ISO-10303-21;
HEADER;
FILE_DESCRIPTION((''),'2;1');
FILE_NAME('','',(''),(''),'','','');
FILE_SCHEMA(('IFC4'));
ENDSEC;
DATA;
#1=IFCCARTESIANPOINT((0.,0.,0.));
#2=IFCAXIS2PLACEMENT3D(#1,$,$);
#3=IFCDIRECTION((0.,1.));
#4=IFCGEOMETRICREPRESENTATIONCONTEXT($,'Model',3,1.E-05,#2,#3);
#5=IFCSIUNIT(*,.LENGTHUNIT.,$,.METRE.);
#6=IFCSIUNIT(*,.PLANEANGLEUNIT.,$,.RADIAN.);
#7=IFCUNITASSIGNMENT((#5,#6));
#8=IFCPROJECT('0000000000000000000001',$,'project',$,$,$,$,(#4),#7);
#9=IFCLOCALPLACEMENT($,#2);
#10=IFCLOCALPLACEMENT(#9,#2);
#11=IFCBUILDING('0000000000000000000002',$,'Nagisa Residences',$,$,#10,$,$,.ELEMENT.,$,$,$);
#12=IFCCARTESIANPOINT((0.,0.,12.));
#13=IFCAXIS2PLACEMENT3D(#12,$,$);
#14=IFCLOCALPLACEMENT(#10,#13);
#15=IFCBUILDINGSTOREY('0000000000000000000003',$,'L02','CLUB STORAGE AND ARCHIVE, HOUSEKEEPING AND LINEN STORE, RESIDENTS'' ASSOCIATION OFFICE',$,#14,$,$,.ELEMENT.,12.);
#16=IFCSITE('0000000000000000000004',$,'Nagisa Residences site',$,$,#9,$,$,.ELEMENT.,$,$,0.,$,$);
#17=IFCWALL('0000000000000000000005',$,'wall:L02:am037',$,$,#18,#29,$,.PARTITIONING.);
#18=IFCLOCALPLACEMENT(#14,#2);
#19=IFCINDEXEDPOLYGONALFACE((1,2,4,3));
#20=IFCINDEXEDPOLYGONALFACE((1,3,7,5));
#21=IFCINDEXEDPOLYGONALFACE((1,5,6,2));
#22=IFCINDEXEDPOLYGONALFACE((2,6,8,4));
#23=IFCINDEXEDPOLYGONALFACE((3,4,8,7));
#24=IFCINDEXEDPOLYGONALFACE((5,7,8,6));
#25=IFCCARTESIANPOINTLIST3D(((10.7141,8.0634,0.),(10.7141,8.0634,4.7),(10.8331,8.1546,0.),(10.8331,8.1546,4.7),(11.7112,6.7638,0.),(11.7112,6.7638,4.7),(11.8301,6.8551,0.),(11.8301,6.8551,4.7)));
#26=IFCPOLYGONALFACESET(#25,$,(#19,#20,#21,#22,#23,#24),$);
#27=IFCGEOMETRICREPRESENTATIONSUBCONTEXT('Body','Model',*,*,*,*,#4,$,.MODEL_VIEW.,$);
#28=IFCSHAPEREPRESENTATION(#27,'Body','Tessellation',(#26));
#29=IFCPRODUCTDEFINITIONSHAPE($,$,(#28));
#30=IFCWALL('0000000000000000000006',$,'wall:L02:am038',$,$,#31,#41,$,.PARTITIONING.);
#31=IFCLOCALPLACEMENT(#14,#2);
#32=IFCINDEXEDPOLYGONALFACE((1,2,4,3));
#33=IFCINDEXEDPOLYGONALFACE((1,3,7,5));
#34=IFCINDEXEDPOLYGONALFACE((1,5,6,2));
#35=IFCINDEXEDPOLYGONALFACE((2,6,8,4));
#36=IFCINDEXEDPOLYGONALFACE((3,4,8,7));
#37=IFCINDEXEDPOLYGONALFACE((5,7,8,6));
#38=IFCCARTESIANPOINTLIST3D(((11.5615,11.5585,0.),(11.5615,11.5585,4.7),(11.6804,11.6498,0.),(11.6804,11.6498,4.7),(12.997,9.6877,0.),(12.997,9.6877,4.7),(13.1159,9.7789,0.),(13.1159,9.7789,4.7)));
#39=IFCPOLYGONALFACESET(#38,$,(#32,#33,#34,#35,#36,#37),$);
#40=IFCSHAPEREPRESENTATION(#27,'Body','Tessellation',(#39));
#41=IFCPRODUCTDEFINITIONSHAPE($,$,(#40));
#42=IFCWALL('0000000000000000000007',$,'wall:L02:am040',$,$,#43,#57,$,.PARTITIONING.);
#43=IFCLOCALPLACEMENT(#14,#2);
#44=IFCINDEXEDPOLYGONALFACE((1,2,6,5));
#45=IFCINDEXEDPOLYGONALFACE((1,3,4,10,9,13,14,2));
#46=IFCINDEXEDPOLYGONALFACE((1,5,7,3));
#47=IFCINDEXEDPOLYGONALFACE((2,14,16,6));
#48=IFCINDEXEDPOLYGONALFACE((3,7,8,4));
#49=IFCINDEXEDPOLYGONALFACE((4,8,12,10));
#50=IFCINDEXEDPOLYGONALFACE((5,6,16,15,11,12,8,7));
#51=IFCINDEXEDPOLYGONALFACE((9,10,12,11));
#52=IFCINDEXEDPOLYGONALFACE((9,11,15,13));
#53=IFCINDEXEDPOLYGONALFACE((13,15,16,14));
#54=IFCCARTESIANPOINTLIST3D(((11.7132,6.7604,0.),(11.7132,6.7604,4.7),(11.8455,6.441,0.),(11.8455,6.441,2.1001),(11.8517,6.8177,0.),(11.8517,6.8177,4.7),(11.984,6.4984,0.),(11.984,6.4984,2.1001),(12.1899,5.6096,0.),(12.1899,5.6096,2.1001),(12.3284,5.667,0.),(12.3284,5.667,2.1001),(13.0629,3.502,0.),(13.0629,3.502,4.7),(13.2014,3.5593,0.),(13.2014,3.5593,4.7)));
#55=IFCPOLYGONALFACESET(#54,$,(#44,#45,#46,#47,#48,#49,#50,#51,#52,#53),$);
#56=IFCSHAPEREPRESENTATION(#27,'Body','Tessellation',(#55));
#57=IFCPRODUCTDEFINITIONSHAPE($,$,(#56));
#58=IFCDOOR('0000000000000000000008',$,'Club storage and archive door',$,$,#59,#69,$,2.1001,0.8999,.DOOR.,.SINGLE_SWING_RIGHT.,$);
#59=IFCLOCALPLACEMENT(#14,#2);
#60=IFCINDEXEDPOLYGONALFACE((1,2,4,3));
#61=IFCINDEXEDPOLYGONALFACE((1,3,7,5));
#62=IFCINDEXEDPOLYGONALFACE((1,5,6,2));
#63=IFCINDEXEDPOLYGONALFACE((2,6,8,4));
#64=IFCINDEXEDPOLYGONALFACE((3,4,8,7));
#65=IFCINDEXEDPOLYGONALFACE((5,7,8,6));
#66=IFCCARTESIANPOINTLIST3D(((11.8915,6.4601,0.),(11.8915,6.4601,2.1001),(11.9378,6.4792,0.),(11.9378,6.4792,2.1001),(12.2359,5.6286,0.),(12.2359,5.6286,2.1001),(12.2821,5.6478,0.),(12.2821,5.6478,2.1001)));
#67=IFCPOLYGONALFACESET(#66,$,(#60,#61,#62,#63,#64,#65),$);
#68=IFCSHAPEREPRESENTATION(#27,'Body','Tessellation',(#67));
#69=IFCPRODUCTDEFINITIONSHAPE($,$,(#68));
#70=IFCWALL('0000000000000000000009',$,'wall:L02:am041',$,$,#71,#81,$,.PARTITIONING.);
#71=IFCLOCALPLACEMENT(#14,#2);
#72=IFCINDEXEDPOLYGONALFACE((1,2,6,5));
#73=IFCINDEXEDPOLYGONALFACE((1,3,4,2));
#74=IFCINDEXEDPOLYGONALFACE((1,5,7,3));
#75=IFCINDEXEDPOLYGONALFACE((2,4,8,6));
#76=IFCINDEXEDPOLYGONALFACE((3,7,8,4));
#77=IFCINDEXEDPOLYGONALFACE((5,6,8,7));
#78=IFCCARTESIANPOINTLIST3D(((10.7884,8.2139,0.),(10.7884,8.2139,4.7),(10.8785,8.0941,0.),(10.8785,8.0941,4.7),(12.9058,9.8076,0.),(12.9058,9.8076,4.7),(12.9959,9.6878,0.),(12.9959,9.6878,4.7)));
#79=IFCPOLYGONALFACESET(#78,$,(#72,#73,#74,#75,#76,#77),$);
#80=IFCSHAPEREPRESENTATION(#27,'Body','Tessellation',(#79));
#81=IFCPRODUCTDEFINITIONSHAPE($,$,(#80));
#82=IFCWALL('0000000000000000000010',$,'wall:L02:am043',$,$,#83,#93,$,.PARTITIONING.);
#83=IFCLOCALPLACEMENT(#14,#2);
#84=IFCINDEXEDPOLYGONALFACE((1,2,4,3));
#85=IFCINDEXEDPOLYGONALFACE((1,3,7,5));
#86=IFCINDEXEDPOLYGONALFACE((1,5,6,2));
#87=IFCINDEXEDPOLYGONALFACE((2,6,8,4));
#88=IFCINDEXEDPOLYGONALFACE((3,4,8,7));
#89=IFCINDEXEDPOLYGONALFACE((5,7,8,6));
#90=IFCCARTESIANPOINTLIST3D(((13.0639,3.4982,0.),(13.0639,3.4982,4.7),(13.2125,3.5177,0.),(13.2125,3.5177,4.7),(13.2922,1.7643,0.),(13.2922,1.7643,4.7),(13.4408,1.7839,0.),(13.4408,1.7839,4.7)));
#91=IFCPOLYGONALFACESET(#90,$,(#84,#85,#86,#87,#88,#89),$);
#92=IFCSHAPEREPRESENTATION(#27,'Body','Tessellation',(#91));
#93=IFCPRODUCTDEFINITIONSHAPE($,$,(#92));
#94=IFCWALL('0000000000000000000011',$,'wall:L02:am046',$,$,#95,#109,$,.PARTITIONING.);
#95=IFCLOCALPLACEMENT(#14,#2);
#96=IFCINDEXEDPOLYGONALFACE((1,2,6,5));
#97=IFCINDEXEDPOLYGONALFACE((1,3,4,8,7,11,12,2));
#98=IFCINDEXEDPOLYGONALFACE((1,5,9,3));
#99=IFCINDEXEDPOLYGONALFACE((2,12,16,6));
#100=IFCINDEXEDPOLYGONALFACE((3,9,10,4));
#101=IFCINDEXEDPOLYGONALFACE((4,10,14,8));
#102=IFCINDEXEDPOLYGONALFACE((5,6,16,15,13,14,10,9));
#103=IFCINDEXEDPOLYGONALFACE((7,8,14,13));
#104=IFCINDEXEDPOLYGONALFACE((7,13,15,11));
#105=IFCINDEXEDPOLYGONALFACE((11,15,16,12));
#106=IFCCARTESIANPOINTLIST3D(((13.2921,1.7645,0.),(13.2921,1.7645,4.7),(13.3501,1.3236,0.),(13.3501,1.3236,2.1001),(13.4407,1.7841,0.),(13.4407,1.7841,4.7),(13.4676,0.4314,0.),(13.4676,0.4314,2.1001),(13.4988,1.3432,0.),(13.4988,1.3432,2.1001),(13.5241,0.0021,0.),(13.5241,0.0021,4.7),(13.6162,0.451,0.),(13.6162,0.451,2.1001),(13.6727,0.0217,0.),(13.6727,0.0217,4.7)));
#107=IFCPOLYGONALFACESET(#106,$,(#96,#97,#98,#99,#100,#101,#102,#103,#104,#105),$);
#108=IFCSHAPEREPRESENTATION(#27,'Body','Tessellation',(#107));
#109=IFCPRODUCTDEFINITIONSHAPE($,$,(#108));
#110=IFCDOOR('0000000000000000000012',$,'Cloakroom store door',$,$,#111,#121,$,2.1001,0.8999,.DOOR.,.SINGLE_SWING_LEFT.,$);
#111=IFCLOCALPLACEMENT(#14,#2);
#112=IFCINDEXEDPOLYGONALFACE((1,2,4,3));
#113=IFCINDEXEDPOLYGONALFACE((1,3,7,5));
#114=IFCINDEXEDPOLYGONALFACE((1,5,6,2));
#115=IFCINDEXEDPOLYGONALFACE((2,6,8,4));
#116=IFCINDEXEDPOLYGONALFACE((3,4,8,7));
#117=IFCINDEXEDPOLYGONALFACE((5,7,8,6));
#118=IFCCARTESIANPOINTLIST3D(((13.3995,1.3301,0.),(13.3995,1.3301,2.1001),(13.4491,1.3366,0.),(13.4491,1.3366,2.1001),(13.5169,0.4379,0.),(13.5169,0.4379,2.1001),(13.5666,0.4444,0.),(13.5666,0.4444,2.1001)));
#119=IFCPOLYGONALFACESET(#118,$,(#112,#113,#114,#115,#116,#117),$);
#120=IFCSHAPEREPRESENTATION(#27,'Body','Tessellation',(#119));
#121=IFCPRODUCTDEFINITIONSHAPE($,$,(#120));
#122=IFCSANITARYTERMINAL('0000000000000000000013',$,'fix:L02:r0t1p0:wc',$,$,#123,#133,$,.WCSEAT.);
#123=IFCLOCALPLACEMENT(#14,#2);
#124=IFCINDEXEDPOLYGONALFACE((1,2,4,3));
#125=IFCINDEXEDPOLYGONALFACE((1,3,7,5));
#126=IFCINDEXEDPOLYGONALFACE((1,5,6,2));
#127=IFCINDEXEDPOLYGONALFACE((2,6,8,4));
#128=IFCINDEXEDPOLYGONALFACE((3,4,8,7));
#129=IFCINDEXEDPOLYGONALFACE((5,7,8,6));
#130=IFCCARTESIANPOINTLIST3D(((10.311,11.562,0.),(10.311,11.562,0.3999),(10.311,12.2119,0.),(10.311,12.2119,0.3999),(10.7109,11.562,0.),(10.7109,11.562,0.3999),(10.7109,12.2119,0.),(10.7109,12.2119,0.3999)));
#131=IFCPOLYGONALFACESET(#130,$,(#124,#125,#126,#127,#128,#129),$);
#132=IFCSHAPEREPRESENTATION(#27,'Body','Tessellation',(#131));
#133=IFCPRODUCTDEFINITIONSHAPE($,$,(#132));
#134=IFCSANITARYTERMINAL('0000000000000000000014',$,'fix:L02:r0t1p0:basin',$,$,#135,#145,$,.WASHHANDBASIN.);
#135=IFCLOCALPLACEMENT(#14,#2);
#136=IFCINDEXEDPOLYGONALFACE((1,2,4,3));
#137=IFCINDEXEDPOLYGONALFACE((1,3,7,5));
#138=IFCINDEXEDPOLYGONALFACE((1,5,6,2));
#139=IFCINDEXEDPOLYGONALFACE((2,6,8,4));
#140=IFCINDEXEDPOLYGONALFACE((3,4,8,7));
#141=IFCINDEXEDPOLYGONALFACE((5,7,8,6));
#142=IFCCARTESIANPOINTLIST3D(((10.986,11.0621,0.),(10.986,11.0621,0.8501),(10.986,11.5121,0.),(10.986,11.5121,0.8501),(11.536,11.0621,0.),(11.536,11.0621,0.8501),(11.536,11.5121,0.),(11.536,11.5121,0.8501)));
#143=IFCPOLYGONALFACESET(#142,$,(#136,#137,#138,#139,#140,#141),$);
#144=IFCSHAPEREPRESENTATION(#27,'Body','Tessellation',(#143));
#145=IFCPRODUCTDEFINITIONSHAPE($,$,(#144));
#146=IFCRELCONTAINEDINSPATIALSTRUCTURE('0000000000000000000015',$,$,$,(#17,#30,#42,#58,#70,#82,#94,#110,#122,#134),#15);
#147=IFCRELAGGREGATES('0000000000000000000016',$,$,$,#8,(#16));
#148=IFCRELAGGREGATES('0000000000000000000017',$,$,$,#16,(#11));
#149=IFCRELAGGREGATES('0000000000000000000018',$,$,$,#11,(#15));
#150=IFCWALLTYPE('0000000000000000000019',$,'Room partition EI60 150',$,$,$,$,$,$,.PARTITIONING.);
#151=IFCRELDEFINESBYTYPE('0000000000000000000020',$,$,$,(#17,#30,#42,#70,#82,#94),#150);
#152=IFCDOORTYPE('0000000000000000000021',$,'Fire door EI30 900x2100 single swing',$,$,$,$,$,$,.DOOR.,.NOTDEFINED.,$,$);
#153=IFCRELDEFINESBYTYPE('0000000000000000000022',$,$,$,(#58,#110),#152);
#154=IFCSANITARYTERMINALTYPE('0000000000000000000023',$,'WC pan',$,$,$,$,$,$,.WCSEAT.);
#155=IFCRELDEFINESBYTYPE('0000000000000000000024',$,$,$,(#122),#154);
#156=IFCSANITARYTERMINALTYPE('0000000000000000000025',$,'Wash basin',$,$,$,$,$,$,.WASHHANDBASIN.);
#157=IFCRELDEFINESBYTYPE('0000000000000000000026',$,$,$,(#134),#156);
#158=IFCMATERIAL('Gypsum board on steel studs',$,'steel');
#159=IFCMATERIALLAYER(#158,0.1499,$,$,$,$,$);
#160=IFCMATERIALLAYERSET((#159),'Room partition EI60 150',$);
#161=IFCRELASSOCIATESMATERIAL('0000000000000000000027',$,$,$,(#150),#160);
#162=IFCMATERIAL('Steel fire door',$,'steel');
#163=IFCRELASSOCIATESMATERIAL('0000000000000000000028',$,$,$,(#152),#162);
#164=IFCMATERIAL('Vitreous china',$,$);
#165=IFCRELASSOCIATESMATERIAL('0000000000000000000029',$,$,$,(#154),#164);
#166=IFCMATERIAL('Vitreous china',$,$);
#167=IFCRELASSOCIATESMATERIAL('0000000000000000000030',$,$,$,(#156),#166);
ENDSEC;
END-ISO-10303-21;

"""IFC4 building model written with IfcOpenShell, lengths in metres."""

from ifc_helpers import new_model, si_unit, direction, frame, frame_2d, origin, origin_2d, place, context, subcontext, project, spatial, rectangle, extrude, material, layer, layer_set, type_object, element, fill, save


model = new_model("IFC4")

# Units and contexts
model_context = context("Model", 3, precision=1e-05, world=origin(), true_north=direction((0.0, 1.0)))
body_context = subcontext(model_context, "Body", "Model", "MODEL_VIEW")
ifc_project = project(units=[si_unit("LENGTHUNIT", "METRE"), si_unit("PLANEANGLEUNIT", "RADIAN")], contexts=[model_context])

# Site, building, storey
site_placement = place(None, origin())
site = spatial("IfcSite", under=ifc_project, at=site_placement, Name="Nagisa Residences site", CompositionType="ELEMENT", RefElevation=0.0)
building_placement = place(site_placement, origin())
building = spatial("IfcBuilding", under=site, at=building_placement, Name="Nagisa Residences", CompositionType="ELEMENT")
storey_placement = place(building_placement, frame((0.0, 0.0, 12.0)))
storey = spatial("IfcBuildingStorey", under=building, at=storey_placement, Name="L02", Description="CLUB STORAGE AND ARCHIVE, HOUSEKEEPING AND LINEN STORE, RESIDENTS' ASSOCIATION OFFICE", CompositionType="ELEMENT", Elevation=12.0)

# Walls
ifc_material_1 = material(Name="Gypsum board on steel studs", Category="steel")
ifc_layer_1 = layer(ifc_material_1, 0.1499)
ifc_layer_set_1 = layer_set([ifc_layer_1], Name="Room partition EI60 150")
wall_type = type_object("IfcWallType", Name="Room partition EI60 150", PredefinedType="PARTITIONING", material=ifc_layer_set_1)
wall_1_placement = place(storey_placement, frame((10.7737, 8.1089, 0.0), z_axis=(0.0, 0.0, 1.0), x_axis=(0.608716, -0.793388, 0.0)))
element("IfcWall", 1, at=wall_1_placement, inside=storey, type_object=wall_type, Name="wall:L02:am037", PredefinedType="PARTITIONING", context=body_context, shape_type="SweptSolid", body=[
    extrude(rectangle(XDim=1.6379, YDim=0.1499, at=frame_2d((0.8188, 0.0))), origin(), (0.0, 0.0, 1.0), 4.7),
])
wall_2_placement = place(storey_placement, frame((11.6208, 11.6042, 0.0), z_axis=(0.0, 0.0, 1.0), x_axis=(0.60876, -0.793355, 0.0)))
element("IfcWall", 2, at=wall_2_placement, inside=storey, type_object=wall_type, Name="wall:L02:am038", PredefinedType="PARTITIONING", context=body_context, shape_type="SweptSolid", body=[
    extrude(rectangle(XDim=2.3582, YDim=0.1499, at=frame_2d((1.1792, 0.0))), origin(), (0.0, 0.0, 1.0), 4.7),
])

# Wall, opening, door
wall_3_placement = place(storey_placement, frame((11.7825, 6.7891, 0.0), z_axis=(0.0, 0.0, 1.0), x_axis=(0.382678, -0.923882, 0.0)))
wall_3 = element("IfcWall", 3, at=wall_3_placement, inside=storey, type_object=wall_type, Name="wall:L02:am040", PredefinedType="PARTITIONING", context=body_context, shape_type="SweptSolid", body=[
    extrude(rectangle(XDim=3.5269, YDim=0.1499, at=frame_2d((1.7634, 0.0))), origin(), (0.0, 0.0, 1.0), 4.7),
])
opening_1_placement = place(wall_3_placement, frame((0.3457, 0.0, 0.0)))
opening_1 = element("IfcOpeningElement", 4, at=opening_1_placement, cuts=wall_3, PredefinedType="OPENING", context=body_context, shape_type="SweptSolid", body=[
    extrude(rectangle(XDim=0.8999, YDim=2.1001, at=frame_2d((0.45, 1.05))), frame((0.0, 0.085, 0.0), z_axis=(0.0, -1.0, 0.0), x_axis=(1.0, 0.0, 0.0)), (0.0, 0.0, 1.0), 0.1699),
])
ifc_material_2 = material(Name="Steel fire door", Category="steel")
door_type = type_object("IfcDoorType", Name="Fire door EI30 900x2100 single swing", OperationType="NOTDEFINED", PredefinedType="DOOR", material=ifc_material_2)
door_1_placement = place(opening_1_placement, origin())
door_1 = element("IfcDoor", 5, at=door_1_placement, inside=storey, type_object=door_type, Name="Club storage and archive door", OperationType="SINGLE_SWING_RIGHT", OverallHeight=2.1001, OverallWidth=0.8999, PredefinedType="DOOR", context=body_context, shape_type="SweptSolid", body=[
    extrude(rectangle(XDim=0.8999, YDim=2.1001, at=frame_2d((0.45, 1.05))), frame((0.0, 0.0249, 0.0), z_axis=(0.0, -1.0, 0.0), x_axis=(1.0, 0.0, 0.0)), (0.0, 0.0, 1.0), 0.05),
])
fill(opening_1, door_1)

# Walls
wall_4_placement = place(storey_placement, frame((12.9509, 9.7478, 0.0), z_axis=(0.0, 0.0, 1.0), x_axis=(-0.798971, -0.60137, 0.0)))
element("IfcWall", 6, at=wall_4_placement, inside=storey, type_object=wall_type, Name="wall:L02:am041", PredefinedType="PARTITIONING", context=body_context, shape_type="SweptSolid", body=[
    extrude(rectangle(XDim=2.6501, YDim=0.1499, at=frame_2d((1.3252, 0.0))), origin(), (0.0, 0.0, 1.0), 4.7),
])
wall_5_placement = place(storey_placement, frame((13.1382, 3.5081, 0.0), z_axis=(0.0, 0.0, 1.0), x_axis=(0.130527, -0.991445, 0.0)))
element("IfcWall", 7, at=wall_5_placement, inside=storey, type_object=wall_type, Name="wall:L02:am043", PredefinedType="PARTITIONING", context=body_context, shape_type="SweptSolid", body=[
    extrude(rectangle(XDim=1.7488, YDim=0.1499, at=frame_2d((0.8745, 0.0))), origin(), (0.0, 0.0, 1.0), 4.7),
])

# Wall, opening, door
wall_6_placement = place(storey_placement, frame((13.3665, 1.7742, 0.0), z_axis=(0.0, 0.0, 1.0), x_axis=(0.130472, -0.991452, 0.0)))
wall_6 = element("IfcWall", 8, at=wall_6_placement, inside=storey, type_object=wall_type, Name="wall:L02:am046", PredefinedType="PARTITIONING", context=body_context, shape_type="SweptSolid", body=[
    extrude(rectangle(XDim=1.7776, YDim=0.1499, at=frame_2d((0.8887, 0.0))), origin(), (0.0, 0.0, 1.0), 4.7),
])
opening_2_placement = place(wall_6_placement, frame((0.4446, 0.0, 0.0)))
opening_2 = element("IfcOpeningElement", 9, at=opening_2_placement, cuts=wall_6, PredefinedType="OPENING", context=body_context, shape_type="SweptSolid", body=[
    extrude(rectangle(XDim=0.8999, YDim=2.1001, at=frame_2d((0.45, 1.05))), frame((0.0, 0.085, 0.0), z_axis=(0.0, -1.0, 0.0), x_axis=(1.0, 0.0, 0.0)), (0.0, 0.0, 1.0), 0.1699),
])
door_2_placement = place(opening_2_placement, origin())
door_2 = element("IfcDoor", 10, at=door_2_placement, inside=storey, type_object=door_type, Name="Cloakroom store door", OperationType="SINGLE_SWING_LEFT", OverallHeight=2.1001, OverallWidth=0.8999, PredefinedType="DOOR", context=body_context, shape_type="SweptSolid", body=[
    extrude(rectangle(XDim=0.8999, YDim=2.1001, at=frame_2d((0.45, 1.05))), frame((0.0, 0.0249, 0.0), z_axis=(0.0, -1.0, 0.0), x_axis=(1.0, 0.0, 0.0)), (0.0, 0.0, 1.0), 0.05),
])
fill(opening_2, door_2)

# Sanitary terminals
ifc_material_3 = material(Name="Vitreous china")
sanitary_terminal_type_1 = type_object("IfcSanitaryTerminalType", Name="WC pan", PredefinedType="WCSEAT", material=ifc_material_3)
sanitary_terminal_1_placement = place(storey_placement, frame((10.511, 11.887, 0.0), z_axis=(0.0, 0.0, 1.0), x_axis=(1.0, 0.0, 0.0)))
element("IfcSanitaryTerminal", 11, at=sanitary_terminal_1_placement, inside=storey, type_object=sanitary_terminal_type_1, Name="fix:L02:r0t1p0:wc", PredefinedType="WCSEAT", context=body_context, shape_type="SweptSolid", body=[
    extrude(rectangle(XDim=0.3999, YDim=0.6499, at=origin_2d()), origin(), (0.0, 0.0, 1.0), 0.3999),
])
ifc_material_4 = material(Name="Vitreous china")
sanitary_terminal_type_2 = type_object("IfcSanitaryTerminalType", Name="Wash basin", PredefinedType="WASHHANDBASIN", material=ifc_material_4)
sanitary_terminal_2_placement = place(storey_placement, frame((11.261, 11.2871, 0.0), z_axis=(0.0, 0.0, 1.0), x_axis=(1.0, 0.0, 0.0)))
element("IfcSanitaryTerminal", 12, at=sanitary_terminal_2_placement, inside=storey, type_object=sanitary_terminal_type_2, Name="fix:L02:r0t1p0:basin", PredefinedType="WASHHANDBASIN", context=body_context, shape_type="SweptSolid", body=[
    extrude(rectangle(XDim=0.55, YDim=0.45, at=origin_2d()), origin(), (0.0, 0.0, 1.0), 0.8501),
])

save(model, "model.ifc")
